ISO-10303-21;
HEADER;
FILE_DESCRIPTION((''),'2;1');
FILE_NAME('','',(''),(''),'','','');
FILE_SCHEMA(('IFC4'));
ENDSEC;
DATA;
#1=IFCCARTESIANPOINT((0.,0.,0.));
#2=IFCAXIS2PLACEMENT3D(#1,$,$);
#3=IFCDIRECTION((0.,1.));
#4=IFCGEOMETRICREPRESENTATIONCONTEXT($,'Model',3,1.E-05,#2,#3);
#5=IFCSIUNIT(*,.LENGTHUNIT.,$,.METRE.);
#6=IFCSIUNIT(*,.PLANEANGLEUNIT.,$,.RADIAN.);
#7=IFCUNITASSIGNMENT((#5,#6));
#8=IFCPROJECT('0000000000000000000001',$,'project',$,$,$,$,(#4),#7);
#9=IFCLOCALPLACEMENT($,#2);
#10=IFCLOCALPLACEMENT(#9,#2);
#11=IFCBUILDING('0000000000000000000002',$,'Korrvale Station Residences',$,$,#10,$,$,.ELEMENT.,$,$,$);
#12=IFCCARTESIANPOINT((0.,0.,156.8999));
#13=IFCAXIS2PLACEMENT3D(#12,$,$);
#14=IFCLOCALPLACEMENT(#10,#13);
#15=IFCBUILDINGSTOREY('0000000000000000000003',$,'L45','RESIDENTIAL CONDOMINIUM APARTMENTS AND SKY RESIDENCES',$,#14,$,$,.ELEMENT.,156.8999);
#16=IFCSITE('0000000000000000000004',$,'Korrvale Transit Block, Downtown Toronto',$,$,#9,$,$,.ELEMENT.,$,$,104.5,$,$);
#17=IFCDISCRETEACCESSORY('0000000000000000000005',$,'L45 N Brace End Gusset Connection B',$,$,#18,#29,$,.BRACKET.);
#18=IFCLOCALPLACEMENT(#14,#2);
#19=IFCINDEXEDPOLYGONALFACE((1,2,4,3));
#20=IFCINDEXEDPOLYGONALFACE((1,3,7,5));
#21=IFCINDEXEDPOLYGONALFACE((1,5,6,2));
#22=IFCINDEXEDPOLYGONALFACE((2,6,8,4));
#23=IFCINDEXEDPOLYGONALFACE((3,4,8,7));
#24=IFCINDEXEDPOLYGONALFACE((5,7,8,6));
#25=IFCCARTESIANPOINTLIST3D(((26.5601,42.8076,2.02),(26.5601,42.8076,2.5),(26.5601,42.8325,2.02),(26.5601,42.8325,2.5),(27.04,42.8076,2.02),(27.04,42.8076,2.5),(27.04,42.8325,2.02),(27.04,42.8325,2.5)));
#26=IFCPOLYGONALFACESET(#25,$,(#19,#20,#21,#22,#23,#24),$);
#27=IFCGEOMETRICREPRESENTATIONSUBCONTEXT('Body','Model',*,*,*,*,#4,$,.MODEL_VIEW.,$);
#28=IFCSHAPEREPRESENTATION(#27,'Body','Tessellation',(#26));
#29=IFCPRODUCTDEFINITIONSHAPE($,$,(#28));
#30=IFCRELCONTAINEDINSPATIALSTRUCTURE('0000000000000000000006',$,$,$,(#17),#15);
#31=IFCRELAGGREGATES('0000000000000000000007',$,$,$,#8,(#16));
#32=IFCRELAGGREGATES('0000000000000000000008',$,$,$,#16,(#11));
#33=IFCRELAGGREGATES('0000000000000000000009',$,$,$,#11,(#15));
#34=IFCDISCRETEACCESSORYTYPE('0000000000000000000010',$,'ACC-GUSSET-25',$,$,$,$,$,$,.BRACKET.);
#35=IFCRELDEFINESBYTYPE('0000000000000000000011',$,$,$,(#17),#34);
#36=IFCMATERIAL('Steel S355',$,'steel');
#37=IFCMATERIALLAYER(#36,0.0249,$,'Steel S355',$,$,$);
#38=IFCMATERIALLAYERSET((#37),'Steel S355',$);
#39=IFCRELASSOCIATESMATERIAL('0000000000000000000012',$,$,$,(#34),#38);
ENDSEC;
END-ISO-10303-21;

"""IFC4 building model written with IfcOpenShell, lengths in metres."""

from ifc_helpers import new_model, si_unit, direction, frame, origin, origin_2d, place, context, subcontext, project, spatial, rectangle, extrude, material, layer, layer_set, type_object, element, save


model = new_model("IFC4")

# Units and contexts
model_context = context("Model", 3, precision=1e-05, world=origin(), true_north=direction((0.0, 1.0)))
body_context = subcontext(model_context, "Body", "Model", "MODEL_VIEW")
ifc_project = project(units=[si_unit("LENGTHUNIT", "METRE"), si_unit("PLANEANGLEUNIT", "RADIAN")], contexts=[model_context])

# Site, building, storey
site_placement = place(None, origin())
site = spatial("IfcSite", under=ifc_project, at=site_placement, Name="Korrvale Transit Block, Downtown Toronto", CompositionType="ELEMENT", RefElevation=104.5)
building_placement = place(site_placement, origin())
building = spatial("IfcBuilding", under=site, at=building_placement, Name="Korrvale Station Residences", CompositionType="ELEMENT")
storey_placement = place(building_placement, frame((0.0, 0.0, 156.8999)))
storey = spatial("IfcBuildingStorey", under=building, at=storey_placement, Name="L45", Description="RESIDENTIAL CONDOMINIUM APARTMENTS AND SKY RESIDENCES", CompositionType="ELEMENT", Elevation=156.8999)

# Shared definitions
ifc_material_1 = material(Name="Steel S355", Category="steel")

# Discrete accessory
ifc_layer_1 = layer(ifc_material_1, 0.0249, Name="Steel S355")
ifc_layer_set_1 = layer_set([ifc_layer_1], Name="Steel S355")
discrete_accessory_type = type_object("IfcDiscreteAccessoryType", Name="ACC-GUSSET-25", PredefinedType="BRACKET", material=ifc_layer_set_1)
for number, where, z_axis, x_axis, name in (
    (1, (26.8, 42.8201, 2.02), (0.0, 0.0, 1.0), (1.0, 0.0, 0.0), "L45 N Brace End Gusset Connection B"),
):
    element("IfcDiscreteAccessory", number, at=place(storey_placement, frame(where, z_axis=z_axis, x_axis=x_axis)), inside=storey, type_object=discrete_accessory_type, Name=name, PredefinedType="BRACKET", context=body_context, shape_type="SweptSolid", body=[
        extrude(rectangle(XDim=0.48, YDim=0.0249, at=origin_2d()), origin(), (0.0, 0.0, 1.0), 0.48),
    ])

save(model, "model.ifc")
